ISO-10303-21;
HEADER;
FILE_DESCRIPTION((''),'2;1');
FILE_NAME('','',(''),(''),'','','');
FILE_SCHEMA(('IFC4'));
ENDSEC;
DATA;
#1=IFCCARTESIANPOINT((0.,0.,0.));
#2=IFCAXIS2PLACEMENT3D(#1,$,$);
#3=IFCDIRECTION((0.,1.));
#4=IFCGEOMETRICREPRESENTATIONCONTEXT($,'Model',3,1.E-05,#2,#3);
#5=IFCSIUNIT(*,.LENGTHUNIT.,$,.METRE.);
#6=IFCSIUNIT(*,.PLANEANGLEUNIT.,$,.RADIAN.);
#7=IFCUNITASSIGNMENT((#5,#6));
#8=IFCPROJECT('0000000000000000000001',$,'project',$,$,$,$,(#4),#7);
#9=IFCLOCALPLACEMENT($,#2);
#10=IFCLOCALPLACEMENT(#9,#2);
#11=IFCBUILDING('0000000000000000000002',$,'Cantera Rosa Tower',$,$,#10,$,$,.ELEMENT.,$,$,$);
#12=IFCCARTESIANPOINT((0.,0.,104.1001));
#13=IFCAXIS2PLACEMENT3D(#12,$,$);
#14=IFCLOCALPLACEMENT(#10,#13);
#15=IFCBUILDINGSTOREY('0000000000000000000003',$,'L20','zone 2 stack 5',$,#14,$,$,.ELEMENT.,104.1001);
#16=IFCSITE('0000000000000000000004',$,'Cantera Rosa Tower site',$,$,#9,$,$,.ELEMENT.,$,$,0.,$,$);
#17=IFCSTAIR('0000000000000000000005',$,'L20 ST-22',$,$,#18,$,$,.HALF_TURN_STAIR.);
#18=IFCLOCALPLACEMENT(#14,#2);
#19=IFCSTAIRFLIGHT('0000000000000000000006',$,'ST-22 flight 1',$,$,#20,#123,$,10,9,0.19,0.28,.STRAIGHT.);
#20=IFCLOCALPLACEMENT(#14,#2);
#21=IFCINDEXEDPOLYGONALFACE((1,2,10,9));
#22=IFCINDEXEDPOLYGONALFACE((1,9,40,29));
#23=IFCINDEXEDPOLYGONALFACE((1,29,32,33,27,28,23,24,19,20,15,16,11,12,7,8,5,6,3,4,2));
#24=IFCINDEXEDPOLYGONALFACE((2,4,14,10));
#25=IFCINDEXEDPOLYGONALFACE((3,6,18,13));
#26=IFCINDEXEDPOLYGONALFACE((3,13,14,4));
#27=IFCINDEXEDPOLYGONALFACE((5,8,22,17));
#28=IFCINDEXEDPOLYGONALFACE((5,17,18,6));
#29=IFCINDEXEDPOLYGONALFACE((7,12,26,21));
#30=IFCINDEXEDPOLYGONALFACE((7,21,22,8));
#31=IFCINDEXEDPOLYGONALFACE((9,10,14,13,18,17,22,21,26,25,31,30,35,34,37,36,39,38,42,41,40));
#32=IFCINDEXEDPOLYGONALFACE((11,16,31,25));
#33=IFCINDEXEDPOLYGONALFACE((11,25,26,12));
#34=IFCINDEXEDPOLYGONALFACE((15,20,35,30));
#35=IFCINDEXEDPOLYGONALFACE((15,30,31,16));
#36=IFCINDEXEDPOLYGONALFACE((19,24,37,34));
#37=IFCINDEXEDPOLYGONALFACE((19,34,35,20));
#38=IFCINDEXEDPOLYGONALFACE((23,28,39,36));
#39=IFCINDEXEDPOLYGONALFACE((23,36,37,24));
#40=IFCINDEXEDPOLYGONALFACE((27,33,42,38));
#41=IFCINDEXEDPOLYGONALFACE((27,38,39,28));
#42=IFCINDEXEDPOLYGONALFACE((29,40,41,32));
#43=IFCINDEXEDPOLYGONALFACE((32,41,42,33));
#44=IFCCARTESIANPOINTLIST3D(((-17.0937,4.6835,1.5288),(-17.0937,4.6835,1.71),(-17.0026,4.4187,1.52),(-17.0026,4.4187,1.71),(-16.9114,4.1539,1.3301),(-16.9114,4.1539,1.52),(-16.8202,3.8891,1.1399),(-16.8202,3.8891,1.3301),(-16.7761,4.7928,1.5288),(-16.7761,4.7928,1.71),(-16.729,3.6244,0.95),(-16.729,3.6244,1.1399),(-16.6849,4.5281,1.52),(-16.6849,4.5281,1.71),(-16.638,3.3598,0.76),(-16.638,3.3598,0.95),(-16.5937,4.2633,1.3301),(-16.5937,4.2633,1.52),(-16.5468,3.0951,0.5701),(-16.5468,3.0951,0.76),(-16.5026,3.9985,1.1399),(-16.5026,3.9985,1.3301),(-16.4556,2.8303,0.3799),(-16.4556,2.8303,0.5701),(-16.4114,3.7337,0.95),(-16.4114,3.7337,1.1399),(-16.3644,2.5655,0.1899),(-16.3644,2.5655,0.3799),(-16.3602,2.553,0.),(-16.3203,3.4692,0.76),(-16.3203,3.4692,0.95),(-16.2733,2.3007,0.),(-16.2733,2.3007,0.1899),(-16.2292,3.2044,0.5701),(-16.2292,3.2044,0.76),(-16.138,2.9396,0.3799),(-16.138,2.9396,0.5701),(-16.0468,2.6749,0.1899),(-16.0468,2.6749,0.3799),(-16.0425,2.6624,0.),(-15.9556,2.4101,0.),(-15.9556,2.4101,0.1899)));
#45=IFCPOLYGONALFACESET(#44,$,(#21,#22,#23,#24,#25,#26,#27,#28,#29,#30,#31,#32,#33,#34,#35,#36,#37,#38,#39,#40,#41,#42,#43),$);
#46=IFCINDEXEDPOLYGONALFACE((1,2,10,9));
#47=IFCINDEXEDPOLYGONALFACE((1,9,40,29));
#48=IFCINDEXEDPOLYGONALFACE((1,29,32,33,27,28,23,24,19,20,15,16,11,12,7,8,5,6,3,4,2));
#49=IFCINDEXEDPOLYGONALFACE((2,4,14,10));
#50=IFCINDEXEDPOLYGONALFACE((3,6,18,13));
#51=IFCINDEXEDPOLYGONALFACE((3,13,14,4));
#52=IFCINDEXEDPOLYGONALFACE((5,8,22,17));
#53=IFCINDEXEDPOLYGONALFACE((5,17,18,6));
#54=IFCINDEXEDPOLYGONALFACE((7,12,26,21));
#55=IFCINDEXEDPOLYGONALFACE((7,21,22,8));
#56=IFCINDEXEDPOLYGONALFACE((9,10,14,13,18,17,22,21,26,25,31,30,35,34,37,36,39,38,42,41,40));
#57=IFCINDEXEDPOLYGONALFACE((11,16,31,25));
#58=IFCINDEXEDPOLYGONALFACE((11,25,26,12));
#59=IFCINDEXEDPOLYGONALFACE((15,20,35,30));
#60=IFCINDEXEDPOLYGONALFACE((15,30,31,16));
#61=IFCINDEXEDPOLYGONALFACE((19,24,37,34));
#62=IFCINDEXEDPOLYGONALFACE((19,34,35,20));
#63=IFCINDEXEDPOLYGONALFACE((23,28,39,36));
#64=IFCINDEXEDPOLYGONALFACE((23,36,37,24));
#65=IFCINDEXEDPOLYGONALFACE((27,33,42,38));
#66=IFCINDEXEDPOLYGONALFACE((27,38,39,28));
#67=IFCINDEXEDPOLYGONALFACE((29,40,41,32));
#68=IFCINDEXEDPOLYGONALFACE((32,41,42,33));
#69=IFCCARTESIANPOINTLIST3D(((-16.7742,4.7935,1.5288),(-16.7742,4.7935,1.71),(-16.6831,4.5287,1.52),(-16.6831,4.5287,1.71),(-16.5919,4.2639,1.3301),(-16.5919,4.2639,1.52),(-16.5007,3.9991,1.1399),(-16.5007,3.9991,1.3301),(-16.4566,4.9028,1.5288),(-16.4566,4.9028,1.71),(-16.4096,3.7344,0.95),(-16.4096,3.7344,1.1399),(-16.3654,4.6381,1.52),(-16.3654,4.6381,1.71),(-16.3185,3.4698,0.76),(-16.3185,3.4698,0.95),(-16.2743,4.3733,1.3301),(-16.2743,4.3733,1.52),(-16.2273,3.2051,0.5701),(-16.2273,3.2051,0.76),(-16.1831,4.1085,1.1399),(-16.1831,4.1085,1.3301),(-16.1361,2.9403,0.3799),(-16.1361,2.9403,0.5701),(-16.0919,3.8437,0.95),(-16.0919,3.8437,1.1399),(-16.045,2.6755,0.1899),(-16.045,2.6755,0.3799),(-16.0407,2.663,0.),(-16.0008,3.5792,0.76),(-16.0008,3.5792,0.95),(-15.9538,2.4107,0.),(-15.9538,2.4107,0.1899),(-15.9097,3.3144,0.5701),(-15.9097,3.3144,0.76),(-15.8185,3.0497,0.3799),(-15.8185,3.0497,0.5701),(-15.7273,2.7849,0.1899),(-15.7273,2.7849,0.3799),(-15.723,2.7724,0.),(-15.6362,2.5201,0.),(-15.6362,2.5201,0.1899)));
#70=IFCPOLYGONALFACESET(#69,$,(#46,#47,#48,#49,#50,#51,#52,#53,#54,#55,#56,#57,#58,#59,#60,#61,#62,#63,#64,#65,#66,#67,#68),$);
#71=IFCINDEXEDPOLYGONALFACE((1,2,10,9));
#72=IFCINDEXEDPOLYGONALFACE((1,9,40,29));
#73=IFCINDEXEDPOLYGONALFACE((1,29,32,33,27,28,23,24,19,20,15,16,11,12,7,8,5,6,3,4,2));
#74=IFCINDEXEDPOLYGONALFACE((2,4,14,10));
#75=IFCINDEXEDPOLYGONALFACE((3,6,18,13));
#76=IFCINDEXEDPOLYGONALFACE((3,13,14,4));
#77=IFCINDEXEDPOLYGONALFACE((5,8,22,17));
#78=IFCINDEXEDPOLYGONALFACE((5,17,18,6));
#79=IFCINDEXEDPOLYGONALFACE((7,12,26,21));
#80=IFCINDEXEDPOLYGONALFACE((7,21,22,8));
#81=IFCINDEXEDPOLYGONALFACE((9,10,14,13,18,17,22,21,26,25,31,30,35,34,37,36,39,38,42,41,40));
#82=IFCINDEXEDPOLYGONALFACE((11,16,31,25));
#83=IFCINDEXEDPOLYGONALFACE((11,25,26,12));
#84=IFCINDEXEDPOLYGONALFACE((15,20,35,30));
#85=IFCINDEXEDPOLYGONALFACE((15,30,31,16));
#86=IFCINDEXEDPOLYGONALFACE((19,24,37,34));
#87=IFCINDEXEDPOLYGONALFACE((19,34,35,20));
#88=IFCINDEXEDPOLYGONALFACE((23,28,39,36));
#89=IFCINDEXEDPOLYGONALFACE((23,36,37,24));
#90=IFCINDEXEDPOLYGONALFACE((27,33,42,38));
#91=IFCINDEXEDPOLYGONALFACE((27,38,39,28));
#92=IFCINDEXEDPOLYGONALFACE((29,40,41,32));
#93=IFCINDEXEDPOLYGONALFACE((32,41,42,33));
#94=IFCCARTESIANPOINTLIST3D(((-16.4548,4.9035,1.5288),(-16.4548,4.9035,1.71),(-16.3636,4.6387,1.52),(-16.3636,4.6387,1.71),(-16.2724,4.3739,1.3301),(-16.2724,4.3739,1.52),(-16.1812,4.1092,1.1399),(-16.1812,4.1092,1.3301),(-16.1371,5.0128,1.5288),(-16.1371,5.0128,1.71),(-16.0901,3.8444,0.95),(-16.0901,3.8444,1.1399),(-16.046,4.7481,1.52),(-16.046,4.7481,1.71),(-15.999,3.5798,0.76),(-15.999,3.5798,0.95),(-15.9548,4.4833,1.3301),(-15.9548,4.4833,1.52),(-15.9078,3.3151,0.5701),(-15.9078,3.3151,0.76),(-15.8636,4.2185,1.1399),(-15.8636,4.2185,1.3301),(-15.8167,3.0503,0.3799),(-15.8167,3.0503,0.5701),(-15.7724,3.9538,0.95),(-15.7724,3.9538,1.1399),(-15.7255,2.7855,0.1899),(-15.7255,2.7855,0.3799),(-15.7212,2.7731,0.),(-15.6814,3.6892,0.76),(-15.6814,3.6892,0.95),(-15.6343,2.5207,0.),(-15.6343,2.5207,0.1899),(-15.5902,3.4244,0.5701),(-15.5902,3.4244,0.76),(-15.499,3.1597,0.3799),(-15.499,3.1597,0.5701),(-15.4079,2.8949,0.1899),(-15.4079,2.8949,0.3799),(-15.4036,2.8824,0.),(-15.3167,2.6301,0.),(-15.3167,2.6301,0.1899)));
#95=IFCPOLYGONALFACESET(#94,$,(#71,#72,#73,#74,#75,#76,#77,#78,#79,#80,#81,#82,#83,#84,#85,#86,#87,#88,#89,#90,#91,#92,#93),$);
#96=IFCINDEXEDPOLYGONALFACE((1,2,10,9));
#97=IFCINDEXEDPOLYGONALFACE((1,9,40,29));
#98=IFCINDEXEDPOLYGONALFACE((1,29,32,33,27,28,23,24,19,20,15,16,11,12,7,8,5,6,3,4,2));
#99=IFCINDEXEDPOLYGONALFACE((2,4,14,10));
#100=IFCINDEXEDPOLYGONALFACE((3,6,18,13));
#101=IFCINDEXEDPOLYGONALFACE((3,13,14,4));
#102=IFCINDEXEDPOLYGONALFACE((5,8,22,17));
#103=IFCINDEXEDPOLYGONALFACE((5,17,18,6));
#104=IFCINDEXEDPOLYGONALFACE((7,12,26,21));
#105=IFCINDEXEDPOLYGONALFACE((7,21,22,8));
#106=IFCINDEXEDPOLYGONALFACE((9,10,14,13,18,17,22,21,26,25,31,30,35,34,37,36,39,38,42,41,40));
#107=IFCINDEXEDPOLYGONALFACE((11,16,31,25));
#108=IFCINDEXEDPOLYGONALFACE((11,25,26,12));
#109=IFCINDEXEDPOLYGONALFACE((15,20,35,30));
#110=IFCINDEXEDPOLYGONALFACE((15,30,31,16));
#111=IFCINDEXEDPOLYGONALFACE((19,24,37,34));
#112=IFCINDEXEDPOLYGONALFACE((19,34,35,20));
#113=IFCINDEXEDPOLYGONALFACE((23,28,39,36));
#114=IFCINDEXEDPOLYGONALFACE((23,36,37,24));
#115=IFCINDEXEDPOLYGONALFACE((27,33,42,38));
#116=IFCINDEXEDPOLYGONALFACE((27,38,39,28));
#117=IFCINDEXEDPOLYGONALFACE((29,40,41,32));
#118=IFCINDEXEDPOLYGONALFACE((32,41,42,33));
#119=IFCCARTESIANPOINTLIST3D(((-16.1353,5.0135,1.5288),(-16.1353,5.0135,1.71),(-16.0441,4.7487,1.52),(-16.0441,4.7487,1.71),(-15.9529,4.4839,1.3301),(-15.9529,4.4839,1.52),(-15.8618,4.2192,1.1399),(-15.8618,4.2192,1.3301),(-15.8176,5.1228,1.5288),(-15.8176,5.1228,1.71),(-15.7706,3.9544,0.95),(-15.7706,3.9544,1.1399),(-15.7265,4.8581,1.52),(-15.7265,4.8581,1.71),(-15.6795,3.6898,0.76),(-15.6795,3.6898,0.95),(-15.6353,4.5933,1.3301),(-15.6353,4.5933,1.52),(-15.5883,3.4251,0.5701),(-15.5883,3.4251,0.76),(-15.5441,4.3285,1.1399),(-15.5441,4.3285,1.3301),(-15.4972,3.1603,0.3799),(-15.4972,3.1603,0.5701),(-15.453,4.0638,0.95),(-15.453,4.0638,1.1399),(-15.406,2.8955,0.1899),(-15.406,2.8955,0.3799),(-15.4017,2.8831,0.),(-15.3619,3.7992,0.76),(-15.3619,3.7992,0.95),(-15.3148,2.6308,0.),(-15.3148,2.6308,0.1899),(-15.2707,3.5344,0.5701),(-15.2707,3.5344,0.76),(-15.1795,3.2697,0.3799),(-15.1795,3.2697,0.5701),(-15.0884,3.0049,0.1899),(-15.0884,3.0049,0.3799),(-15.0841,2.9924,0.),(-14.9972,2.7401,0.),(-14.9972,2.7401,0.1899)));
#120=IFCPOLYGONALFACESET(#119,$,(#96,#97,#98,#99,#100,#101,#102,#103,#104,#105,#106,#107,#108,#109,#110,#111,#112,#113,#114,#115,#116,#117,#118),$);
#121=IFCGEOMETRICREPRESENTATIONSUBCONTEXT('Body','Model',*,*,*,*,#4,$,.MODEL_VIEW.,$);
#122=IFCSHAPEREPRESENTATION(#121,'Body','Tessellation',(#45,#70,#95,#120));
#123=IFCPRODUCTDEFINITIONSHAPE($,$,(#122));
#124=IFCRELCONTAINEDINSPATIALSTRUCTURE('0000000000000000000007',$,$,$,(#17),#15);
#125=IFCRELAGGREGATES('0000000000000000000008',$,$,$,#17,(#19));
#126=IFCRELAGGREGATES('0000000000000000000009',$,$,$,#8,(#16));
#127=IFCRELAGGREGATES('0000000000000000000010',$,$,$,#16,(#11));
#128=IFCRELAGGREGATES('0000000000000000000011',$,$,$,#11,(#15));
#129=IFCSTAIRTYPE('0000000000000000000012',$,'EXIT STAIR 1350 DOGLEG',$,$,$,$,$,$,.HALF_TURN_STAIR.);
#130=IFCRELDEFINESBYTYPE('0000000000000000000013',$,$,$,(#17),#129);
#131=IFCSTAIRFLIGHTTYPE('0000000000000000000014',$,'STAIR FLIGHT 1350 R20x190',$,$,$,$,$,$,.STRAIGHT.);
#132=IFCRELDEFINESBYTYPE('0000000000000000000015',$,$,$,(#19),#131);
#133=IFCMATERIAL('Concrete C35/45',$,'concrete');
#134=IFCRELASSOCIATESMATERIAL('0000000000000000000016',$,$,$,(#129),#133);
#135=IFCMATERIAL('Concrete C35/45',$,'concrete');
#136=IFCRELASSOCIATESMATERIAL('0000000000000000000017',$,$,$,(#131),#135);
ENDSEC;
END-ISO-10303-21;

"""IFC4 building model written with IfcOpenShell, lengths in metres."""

from ifc_helpers import new_model, si_unit, direction, frame, origin, place, context, subcontext, project, spatial, polyline, outline, extrude, material, type_object, element, aggregate, save


model = new_model("IFC4")

# Units and contexts
model_context = context("Model", 3, precision=1e-05, world=origin(), true_north=direction((0.0, 1.0)))
body_context = subcontext(model_context, "Body", "Model", "MODEL_VIEW")
ifc_project = project(units=[si_unit("LENGTHUNIT", "METRE"), si_unit("PLANEANGLEUNIT", "RADIAN")], contexts=[model_context])

# Site, building, storey
site_placement = place(None, origin())
site = spatial("IfcSite", under=ifc_project, at=site_placement, Name="Cantera Rosa Tower site", CompositionType="ELEMENT", RefElevation=0.0)
building_placement = place(site_placement, origin())
building = spatial("IfcBuilding", under=site, at=building_placement, Name="Cantera Rosa Tower", CompositionType="ELEMENT")
storey_placement = place(building_placement, frame((0.0, 0.0, 104.1001)))
storey = spatial("IfcBuildingStorey", under=building, at=storey_placement, Name="L20", Description="zone 2 stack 5", CompositionType="ELEMENT", Elevation=104.1001)

# Stair, stair flight
ifc_material_1 = material(Name="Concrete C35/45", Category="concrete")
stair_type = type_object("IfcStairType", Name="EXIT STAIR 1350 DOGLEG", PredefinedType="HALF_TURN_STAIR", material=ifc_material_1)
stair_placement = place(storey_placement, origin())
stair = element("IfcStair", 1, at=stair_placement, inside=storey, type_object=stair_type, Name="L20 ST-22", PredefinedType="HALF_TURN_STAIR")
ifc_material_2 = material(Name="Concrete C35/45", Category="concrete")
stair_flight_type = type_object("IfcStairFlightType", Name="STAIR FLIGHT 1350 R20x190", PredefinedType="STRAIGHT", material=ifc_material_2)
stair_flight_1_placement = place(storey_placement, frame((-15.635, 2.5205, 0.0), z_axis=(0.0, 0.0, 1.0), x_axis=(-0.325568, 0.945519, 0.0)))
stair_flight_1 = element("IfcStairFlight", 2, at=stair_flight_1_placement, type_object=stair_flight_type, Name="ST-22 flight 1", NumberOfRisers=10, NumberOfTreads=9, PredefinedType="STRAIGHT", RiserHeight=0.19, TreadLength=0.28, context=body_context, shape_type="SweptSolid", body=[
    extrude(outline(polyline([(0.0, 0.0), (0.0, 0.1899), (0.28, 0.1899), (0.28, 0.3799), (0.5601, 0.3799), (0.5601, 0.5701), (0.8401, 0.5701), (0.8401, 0.76), (1.1201, 0.76), (1.1201, 0.95), (1.3999, 0.95), (1.3999, 1.1399), (1.6799, 1.1399), (1.6799, 1.3301), (1.96, 1.3301), (1.96, 1.52), (2.24, 1.52), (2.24, 1.71), (2.52, 1.71), (2.52, 1.8999), (2.52, 1.5288), (0.2668, 0.0), (0.0, 0.0)])), frame((0.0, 0.675, 0.0), z_axis=(0.0, -1.0, 0.0), x_axis=(1.0, 0.0, 0.0)), (0.0, 0.0, 1.0), 0.3359),
    extrude(outline(polyline([(0.0, 0.0), (0.0, 0.1899), (0.28, 0.1899), (0.28, 0.3799), (0.5601, 0.3799), (0.5601, 0.5701), (0.8401, 0.5701), (0.8401, 0.76), (1.1201, 0.76), (1.1201, 0.95), (1.3999, 0.95), (1.3999, 1.1399), (1.6799, 1.1399), (1.6799, 1.3301), (1.96, 1.3301), (1.96, 1.52), (2.24, 1.52), (2.24, 1.71), (2.52, 1.71), (2.52, 1.8999), (2.52, 1.5288), (0.2668, 0.0), (0.0, 0.0)])), frame((0.0, 0.3372, 0.0), z_axis=(0.0, -1.0, 0.0), x_axis=(1.0, 0.0, 0.0)), (0.0, 0.0, 1.0), 0.3359),
    extrude(outline(polyline([(0.0, 0.0), (0.0, 0.1899), (0.28, 0.1899), (0.28, 0.3799), (0.5601, 0.3799), (0.5601, 0.5701), (0.8401, 0.5701), (0.8401, 0.76), (1.1201, 0.76), (1.1201, 0.95), (1.3999, 0.95), (1.3999, 1.1399), (1.6799, 1.1399), (1.6799, 1.3301), (1.96, 1.3301), (1.96, 1.52), (2.24, 1.52), (2.24, 1.71), (2.52, 1.71), (2.52, 1.8999), (2.52, 1.5288), (0.2668, 0.0), (0.0, 0.0)])), frame((0.0, -0.0007, 0.0), z_axis=(0.0, -1.0, 0.0), x_axis=(1.0, 0.0, 0.0)), (0.0, 0.0, 1.0), 0.3359),
    extrude(outline(polyline([(0.0, 0.0), (0.0, 0.1899), (0.28, 0.1899), (0.28, 0.3799), (0.5601, 0.3799), (0.5601, 0.5701), (0.8401, 0.5701), (0.8401, 0.76), (1.1201, 0.76), (1.1201, 0.95), (1.3999, 0.95), (1.3999, 1.1399), (1.6799, 1.1399), (1.6799, 1.3301), (1.96, 1.3301), (1.96, 1.52), (2.24, 1.52), (2.24, 1.71), (2.52, 1.71), (2.52, 1.8999), (2.52, 1.5288), (0.2668, 0.0), (0.0, 0.0)])), frame((0.0, -0.3386, 0.0), z_axis=(0.0, -1.0, 0.0), x_axis=(1.0, 0.0, 0.0)), (0.0, 0.0, 1.0), 0.3359),
])
aggregate(stair, [stair_flight_1])

save(model, "model.ifc")
